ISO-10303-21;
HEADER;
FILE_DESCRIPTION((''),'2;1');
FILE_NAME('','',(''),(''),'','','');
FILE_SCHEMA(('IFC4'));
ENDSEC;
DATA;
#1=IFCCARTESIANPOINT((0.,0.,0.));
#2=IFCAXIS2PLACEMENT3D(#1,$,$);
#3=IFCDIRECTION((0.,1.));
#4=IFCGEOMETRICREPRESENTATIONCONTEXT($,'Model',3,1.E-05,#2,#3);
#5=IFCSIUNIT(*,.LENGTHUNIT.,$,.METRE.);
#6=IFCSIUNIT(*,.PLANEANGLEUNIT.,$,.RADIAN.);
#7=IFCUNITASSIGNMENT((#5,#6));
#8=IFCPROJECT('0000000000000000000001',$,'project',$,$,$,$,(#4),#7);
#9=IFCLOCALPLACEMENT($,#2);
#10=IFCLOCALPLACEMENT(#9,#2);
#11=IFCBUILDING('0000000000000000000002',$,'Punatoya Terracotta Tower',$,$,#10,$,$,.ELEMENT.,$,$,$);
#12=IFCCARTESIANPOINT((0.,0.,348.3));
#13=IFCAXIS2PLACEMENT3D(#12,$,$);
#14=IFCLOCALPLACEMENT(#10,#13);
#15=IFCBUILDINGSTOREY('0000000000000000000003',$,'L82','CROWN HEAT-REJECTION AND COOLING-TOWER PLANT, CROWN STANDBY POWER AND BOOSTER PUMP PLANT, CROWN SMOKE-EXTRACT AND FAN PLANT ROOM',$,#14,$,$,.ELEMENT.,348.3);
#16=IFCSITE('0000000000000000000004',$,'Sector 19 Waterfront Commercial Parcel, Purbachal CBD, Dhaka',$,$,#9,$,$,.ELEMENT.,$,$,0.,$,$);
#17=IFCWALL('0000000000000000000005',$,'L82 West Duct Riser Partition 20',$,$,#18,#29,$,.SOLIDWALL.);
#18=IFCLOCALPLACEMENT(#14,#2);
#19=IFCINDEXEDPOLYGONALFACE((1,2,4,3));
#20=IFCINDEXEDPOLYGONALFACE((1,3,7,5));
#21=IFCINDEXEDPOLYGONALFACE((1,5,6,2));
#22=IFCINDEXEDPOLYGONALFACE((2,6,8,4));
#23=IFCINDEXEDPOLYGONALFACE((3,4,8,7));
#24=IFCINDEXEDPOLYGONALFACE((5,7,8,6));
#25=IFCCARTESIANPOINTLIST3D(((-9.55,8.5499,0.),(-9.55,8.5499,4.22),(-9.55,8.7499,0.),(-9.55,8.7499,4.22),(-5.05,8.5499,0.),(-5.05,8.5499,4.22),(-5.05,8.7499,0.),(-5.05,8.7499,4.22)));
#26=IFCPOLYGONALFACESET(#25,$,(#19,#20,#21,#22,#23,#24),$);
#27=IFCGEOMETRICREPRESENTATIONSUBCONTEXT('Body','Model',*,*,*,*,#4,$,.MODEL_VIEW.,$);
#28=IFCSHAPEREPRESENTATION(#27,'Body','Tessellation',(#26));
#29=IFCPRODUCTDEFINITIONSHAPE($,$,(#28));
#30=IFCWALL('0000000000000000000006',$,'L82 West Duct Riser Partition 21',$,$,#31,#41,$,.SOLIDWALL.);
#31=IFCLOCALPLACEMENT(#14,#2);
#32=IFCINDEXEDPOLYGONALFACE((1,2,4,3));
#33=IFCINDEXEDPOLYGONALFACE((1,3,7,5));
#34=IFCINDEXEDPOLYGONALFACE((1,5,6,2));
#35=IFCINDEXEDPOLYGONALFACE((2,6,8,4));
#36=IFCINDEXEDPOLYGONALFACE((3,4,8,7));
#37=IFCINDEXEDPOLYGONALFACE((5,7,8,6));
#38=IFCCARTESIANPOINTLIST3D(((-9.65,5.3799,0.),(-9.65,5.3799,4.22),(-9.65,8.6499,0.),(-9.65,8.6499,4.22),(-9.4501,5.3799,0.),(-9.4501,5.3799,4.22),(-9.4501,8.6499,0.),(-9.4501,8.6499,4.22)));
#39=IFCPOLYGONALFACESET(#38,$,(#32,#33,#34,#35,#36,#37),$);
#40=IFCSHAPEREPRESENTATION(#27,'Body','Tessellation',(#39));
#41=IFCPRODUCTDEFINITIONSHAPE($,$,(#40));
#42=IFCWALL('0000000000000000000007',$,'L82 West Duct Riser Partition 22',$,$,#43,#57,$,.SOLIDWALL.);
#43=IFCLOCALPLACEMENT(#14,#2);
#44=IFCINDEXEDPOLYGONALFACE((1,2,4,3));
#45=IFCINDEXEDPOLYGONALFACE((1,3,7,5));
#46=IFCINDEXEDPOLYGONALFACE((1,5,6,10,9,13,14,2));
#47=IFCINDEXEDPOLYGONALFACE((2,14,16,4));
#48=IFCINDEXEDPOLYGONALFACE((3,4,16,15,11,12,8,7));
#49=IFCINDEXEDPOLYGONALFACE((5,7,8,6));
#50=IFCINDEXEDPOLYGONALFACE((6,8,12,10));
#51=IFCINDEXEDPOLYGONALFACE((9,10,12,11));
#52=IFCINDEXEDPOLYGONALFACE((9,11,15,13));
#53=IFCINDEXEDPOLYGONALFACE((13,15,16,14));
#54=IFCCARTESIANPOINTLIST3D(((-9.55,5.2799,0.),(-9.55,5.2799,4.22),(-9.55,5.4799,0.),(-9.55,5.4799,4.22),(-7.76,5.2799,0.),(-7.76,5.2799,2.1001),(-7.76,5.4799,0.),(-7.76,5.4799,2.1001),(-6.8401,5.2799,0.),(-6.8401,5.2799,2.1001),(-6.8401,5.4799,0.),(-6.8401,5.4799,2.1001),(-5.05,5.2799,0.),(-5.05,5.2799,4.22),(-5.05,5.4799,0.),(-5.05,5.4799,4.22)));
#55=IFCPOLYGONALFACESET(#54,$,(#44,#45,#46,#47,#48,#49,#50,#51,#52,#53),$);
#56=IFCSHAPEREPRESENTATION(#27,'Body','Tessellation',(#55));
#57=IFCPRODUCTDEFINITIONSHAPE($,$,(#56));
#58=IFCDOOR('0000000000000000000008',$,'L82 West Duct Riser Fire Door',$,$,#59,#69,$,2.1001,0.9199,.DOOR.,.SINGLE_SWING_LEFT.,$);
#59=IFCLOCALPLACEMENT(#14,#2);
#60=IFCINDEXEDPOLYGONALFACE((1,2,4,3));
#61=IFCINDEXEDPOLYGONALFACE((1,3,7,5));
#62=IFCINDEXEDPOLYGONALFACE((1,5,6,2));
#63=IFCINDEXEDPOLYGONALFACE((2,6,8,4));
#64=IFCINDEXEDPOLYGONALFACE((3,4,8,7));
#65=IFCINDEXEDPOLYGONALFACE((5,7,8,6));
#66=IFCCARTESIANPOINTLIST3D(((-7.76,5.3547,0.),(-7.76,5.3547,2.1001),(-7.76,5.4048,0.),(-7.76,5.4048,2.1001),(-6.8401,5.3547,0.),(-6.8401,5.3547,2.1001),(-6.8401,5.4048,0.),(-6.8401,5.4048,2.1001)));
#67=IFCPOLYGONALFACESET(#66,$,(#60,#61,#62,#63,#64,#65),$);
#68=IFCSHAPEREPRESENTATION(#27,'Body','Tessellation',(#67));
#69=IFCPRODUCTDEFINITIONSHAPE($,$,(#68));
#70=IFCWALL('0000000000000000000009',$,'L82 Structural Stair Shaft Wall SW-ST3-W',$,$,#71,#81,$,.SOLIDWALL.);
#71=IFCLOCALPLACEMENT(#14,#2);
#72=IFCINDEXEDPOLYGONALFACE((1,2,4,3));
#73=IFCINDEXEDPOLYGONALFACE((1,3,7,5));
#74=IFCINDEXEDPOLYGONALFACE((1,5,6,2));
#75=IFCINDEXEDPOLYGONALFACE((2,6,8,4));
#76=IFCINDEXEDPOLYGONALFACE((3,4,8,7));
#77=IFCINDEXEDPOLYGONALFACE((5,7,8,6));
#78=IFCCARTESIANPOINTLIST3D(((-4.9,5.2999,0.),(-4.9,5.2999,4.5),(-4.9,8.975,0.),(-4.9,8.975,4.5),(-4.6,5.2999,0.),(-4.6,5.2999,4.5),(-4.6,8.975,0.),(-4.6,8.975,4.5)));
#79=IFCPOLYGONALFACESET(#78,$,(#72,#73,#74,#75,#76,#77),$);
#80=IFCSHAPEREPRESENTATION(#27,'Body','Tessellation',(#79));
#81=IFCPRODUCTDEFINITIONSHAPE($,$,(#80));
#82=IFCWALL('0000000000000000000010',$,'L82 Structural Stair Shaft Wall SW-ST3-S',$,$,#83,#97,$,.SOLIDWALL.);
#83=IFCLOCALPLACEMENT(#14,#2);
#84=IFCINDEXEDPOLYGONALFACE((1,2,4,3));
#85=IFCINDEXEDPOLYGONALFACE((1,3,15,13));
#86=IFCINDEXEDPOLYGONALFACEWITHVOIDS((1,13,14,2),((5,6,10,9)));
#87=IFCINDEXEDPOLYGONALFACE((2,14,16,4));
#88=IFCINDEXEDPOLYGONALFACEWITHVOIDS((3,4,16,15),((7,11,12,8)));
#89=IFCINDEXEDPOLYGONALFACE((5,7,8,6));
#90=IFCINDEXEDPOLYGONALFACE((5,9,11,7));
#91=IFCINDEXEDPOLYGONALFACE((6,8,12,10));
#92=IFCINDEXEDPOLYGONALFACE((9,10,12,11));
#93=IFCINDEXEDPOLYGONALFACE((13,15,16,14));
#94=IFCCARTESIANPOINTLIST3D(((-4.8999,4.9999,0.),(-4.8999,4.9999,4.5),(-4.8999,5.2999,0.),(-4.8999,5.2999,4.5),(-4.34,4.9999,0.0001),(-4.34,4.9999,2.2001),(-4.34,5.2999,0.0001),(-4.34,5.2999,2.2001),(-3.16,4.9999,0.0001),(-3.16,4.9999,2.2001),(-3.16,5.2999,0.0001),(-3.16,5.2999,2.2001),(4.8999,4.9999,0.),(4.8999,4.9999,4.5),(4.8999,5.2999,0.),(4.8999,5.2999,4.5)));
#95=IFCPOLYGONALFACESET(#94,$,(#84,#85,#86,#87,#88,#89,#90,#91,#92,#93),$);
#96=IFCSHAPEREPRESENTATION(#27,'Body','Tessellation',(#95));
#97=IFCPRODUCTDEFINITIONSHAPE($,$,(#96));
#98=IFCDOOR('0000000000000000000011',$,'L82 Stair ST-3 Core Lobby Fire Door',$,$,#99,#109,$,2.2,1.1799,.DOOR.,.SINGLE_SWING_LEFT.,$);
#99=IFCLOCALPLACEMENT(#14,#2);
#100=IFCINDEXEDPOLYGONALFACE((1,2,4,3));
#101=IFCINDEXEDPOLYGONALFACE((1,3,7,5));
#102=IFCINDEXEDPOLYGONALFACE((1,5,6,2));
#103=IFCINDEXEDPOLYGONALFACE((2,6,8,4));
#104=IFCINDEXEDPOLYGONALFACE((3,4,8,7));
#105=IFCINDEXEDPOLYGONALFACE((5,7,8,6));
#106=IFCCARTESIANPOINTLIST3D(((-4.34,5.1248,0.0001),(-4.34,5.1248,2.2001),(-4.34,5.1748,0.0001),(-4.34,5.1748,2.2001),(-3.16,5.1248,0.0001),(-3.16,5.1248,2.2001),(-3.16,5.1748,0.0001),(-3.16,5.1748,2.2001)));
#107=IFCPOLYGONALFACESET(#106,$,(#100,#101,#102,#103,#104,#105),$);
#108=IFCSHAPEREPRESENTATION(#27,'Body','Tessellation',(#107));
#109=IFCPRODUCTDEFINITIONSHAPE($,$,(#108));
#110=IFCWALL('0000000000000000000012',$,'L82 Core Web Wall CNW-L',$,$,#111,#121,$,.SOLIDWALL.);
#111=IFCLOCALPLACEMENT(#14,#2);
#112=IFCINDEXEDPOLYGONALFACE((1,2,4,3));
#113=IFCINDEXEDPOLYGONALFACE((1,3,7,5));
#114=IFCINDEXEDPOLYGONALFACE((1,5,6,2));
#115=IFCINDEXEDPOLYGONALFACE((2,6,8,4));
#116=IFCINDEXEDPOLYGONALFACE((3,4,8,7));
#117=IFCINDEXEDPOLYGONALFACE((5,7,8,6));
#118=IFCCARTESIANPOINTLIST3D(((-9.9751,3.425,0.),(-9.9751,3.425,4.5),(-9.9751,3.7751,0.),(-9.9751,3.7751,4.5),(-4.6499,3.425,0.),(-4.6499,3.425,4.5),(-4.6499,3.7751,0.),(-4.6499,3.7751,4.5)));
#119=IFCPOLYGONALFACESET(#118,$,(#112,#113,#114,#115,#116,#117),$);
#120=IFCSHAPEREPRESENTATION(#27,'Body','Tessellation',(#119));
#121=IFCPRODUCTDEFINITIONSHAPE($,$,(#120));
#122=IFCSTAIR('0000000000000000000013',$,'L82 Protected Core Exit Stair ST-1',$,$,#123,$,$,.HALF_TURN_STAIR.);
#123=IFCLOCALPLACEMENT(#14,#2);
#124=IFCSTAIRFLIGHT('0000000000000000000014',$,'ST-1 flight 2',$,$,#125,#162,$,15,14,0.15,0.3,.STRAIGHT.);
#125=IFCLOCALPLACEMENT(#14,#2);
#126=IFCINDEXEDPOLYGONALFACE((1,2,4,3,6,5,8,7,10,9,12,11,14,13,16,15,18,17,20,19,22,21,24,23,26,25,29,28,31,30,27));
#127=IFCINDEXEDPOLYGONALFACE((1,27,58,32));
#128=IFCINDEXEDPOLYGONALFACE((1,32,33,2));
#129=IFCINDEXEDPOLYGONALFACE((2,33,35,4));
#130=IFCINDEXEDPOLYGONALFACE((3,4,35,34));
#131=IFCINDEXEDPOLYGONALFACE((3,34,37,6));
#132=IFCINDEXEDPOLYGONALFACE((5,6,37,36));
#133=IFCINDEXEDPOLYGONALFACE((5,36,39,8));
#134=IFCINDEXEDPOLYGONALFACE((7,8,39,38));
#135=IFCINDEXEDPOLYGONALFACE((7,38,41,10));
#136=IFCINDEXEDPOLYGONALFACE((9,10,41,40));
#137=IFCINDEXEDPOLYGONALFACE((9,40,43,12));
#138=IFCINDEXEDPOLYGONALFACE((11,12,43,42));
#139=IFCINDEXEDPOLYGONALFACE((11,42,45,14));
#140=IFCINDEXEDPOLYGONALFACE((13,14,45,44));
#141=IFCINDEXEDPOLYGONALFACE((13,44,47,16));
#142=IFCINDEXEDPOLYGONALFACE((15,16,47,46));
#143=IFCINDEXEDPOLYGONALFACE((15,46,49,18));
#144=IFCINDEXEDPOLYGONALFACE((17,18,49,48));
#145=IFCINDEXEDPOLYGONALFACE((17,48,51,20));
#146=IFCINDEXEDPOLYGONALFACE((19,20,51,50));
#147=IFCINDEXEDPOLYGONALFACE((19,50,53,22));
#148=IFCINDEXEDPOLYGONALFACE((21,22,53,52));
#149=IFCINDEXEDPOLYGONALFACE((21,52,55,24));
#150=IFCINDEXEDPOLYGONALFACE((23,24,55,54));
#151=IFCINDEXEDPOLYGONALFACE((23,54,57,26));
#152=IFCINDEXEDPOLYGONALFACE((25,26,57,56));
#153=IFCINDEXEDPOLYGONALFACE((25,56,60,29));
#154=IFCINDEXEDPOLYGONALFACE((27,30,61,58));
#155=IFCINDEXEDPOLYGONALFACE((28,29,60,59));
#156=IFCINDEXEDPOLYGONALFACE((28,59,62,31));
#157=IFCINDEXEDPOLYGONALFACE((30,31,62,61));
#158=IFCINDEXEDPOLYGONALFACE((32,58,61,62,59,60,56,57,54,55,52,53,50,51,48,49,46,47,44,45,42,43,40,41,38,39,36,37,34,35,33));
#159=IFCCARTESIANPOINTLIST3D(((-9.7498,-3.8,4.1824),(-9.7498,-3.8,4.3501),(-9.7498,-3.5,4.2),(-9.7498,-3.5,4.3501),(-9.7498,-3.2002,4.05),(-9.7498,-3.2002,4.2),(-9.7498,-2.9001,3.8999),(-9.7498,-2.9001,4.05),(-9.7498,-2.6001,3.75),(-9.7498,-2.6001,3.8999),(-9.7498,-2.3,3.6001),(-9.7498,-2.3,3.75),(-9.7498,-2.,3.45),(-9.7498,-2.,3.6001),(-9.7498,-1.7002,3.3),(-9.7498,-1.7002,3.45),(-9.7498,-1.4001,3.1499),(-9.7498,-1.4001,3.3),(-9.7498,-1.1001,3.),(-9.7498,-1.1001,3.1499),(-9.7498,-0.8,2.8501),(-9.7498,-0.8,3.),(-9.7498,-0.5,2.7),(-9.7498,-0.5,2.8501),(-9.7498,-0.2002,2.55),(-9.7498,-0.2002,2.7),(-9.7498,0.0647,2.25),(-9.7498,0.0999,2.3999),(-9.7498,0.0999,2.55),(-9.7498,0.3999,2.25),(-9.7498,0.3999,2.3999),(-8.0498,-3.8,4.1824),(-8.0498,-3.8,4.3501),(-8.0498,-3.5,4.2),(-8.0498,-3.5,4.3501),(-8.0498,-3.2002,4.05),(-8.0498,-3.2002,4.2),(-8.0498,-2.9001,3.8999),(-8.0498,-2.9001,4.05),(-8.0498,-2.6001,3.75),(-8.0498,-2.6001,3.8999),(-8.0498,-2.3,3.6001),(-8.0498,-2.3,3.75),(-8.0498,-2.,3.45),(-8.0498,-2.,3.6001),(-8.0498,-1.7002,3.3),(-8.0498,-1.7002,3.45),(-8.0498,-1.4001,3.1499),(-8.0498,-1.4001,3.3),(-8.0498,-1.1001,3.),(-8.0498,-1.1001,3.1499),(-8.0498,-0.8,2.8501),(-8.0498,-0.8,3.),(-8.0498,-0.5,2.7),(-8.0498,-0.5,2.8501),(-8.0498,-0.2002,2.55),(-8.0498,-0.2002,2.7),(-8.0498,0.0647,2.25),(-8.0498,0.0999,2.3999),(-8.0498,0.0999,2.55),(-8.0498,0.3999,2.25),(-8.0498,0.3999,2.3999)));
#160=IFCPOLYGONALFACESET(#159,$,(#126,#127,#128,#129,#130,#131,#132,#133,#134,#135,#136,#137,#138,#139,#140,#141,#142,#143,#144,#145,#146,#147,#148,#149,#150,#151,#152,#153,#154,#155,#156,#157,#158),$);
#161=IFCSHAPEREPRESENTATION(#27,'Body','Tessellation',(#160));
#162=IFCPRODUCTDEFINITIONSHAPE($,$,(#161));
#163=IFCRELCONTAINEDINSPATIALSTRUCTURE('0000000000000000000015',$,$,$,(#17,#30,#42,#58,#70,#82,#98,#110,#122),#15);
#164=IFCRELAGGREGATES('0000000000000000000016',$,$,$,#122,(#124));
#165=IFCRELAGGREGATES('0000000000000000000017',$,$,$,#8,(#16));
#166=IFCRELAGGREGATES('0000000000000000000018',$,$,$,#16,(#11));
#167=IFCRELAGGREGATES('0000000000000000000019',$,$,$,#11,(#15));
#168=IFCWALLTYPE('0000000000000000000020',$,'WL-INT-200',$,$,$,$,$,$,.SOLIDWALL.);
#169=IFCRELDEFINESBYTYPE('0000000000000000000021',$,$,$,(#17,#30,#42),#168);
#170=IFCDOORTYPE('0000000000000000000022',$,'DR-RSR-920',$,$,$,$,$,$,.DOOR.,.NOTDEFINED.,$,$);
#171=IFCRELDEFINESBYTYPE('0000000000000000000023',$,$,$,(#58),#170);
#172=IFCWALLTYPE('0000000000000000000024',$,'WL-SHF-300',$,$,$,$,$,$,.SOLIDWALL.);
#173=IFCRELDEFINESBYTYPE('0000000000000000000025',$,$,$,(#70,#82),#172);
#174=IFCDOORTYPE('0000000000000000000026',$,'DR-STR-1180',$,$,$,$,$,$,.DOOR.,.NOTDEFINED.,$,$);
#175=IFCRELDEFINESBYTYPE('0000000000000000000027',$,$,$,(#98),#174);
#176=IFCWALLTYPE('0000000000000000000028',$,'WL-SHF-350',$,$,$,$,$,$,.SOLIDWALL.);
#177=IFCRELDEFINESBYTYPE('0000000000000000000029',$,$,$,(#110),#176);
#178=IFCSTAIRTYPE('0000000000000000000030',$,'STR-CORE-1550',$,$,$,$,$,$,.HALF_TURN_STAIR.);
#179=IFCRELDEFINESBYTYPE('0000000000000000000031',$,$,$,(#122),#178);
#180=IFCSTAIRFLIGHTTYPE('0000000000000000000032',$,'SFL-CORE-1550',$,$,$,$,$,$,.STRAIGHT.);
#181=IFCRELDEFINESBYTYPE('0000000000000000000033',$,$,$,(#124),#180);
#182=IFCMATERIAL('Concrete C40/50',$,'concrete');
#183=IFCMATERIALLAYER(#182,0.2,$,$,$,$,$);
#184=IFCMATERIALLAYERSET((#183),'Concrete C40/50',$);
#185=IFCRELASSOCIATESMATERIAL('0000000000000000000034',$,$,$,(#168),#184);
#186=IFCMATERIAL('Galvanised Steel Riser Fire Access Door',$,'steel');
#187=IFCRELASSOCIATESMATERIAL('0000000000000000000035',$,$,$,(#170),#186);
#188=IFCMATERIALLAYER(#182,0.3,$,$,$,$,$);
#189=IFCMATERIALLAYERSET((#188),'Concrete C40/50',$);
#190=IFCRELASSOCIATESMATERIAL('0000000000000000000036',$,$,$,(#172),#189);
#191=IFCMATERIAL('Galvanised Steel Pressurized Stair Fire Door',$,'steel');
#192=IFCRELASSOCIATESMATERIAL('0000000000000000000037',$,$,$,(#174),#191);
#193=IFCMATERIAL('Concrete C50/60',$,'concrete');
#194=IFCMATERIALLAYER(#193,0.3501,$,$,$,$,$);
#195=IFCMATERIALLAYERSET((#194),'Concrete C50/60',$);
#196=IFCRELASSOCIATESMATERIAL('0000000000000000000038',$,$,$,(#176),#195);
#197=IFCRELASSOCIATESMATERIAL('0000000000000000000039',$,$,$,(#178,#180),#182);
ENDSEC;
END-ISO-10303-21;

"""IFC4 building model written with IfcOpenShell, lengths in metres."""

from ifc_helpers import new_model, si_unit, direction, frame, frame_2d, origin, place, context, subcontext, project, spatial, polyline, rectangle, outline, extrude, material, layer, layer_set, type_object, element, fill, aggregate, save


model = new_model("IFC4")

# Units and contexts
model_context = context("Model", 3, precision=1e-05, world=origin(), true_north=direction((0.0, 1.0)))
body_context = subcontext(model_context, "Body", "Model", "MODEL_VIEW")
ifc_project = project(units=[si_unit("LENGTHUNIT", "METRE"), si_unit("PLANEANGLEUNIT", "RADIAN")], contexts=[model_context])

# Site, building, storey
site_placement = place(None, origin())
site = spatial("IfcSite", under=ifc_project, at=site_placement, Name="Sector 19 Waterfront Commercial Parcel, Purbachal CBD, Dhaka", CompositionType="ELEMENT", RefElevation=0.0)
building_placement = place(site_placement, origin())
building = spatial("IfcBuilding", under=site, at=building_placement, Name="Punatoya Terracotta Tower", CompositionType="ELEMENT")
storey_placement = place(building_placement, frame((0.0, 0.0, 348.3)))
storey = spatial("IfcBuildingStorey", under=building, at=storey_placement, Name="L82", Description="CROWN HEAT-REJECTION AND COOLING-TOWER PLANT, CROWN STANDBY POWER AND BOOSTER PUMP PLANT, CROWN SMOKE-EXTRACT AND FAN PLANT ROOM", CompositionType="ELEMENT", Elevation=348.3)

# Shared definitions
ifc_material_1 = material(Name="Concrete C50/60", Category="concrete")

# Walls
ifc_material_2 = material(Name="Concrete C40/50", Category="concrete")
ifc_layer_1 = layer(ifc_material_2, 0.2)
ifc_layer_set_1 = layer_set([ifc_layer_1], Name="Concrete C40/50")
wall_type_1 = type_object("IfcWallType", Name="WL-INT-200", PredefinedType="SOLIDWALL", material=ifc_layer_set_1)
wall_1_placement = place(storey_placement, frame((-5.05, 8.6499, 0.0), z_axis=(0.0, 0.0, 1.0), x_axis=(-1.0, 0.0, 0.0)))
element("IfcWall", 1, at=wall_1_placement, inside=storey, type_object=wall_type_1, Name="L82 West Duct Riser Partition 20", PredefinedType="SOLIDWALL", context=body_context, shape_type="SweptSolid", body=[
    extrude(rectangle(XDim=4.5, YDim=0.2, at=frame_2d((2.25, 0.0))), origin(), (0.0, 0.0, 1.0), 4.22),
])
wall_2_placement = place(storey_placement, frame((-9.55, 8.6499, 0.0), z_axis=(0.0, 0.0, 1.0), x_axis=(0.0, -1.0, 0.0)))
element("IfcWall", 2, at=wall_2_placement, inside=storey, type_object=wall_type_1, Name="L82 West Duct Riser Partition 21", PredefinedType="SOLIDWALL", context=body_context, shape_type="SweptSolid", body=[
    extrude(rectangle(XDim=3.27, YDim=0.2, at=frame_2d((1.635, 0.0))), origin(), (0.0, 0.0, 1.0), 4.22),
])

# Wall, opening, door
wall_3_placement = place(storey_placement, frame((-9.55, 5.3799, 0.0), z_axis=(0.0, 0.0, 1.0), x_axis=(1.0, 0.0, 0.0)))
wall_3 = element("IfcWall", 3, at=wall_3_placement, inside=storey, type_object=wall_type_1, Name="L82 West Duct Riser Partition 22", PredefinedType="SOLIDWALL", context=body_context, shape_type="SweptSolid", body=[
    extrude(rectangle(XDim=4.5, YDim=0.2, at=frame_2d((2.25, 0.0))), origin(), (0.0, 0.0, 1.0), 4.22),
])
opening_1_placement = place(wall_3_placement, frame((1.79, 0.0, 0.0)))
opening_1 = element("IfcOpeningElement", 4, at=opening_1_placement, cuts=wall_3, PredefinedType="OPENING", context=body_context, shape_type="SweptSolid", body=[
    extrude(rectangle(XDim=0.9199, YDim=2.1001, at=frame_2d((0.46, 1.05))), frame((0.0, 0.1099, 0.0), z_axis=(0.0, -1.0, 0.0), x_axis=(1.0, 0.0, 0.0)), (0.0, 0.0, 1.0), 0.22),
])
ifc_material_3 = material(Name="Galvanised Steel Riser Fire Access Door", Category="steel")
door_type_1 = type_object("IfcDoorType", Name="DR-RSR-920", OperationType="NOTDEFINED", PredefinedType="DOOR", material=ifc_material_3)
door_1_placement = place(opening_1_placement, origin())
door_1 = element("IfcDoor", 5, at=door_1_placement, inside=storey, type_object=door_type_1, Name="L82 West Duct Riser Fire Door", OperationType="SINGLE_SWING_LEFT", OverallHeight=2.1001, OverallWidth=0.9199, PredefinedType="DOOR", context=body_context, shape_type="SweptSolid", body=[
    extrude(rectangle(XDim=0.9199, YDim=2.1001, at=frame_2d((0.46, 1.05))), frame((0.0, 0.0249, 0.0), z_axis=(0.0, -1.0, 0.0), x_axis=(1.0, 0.0, 0.0)), (0.0, 0.0, 1.0), 0.05),
])
fill(opening_1, door_1)

# Wall
ifc_layer_2 = layer(ifc_material_2, 0.3)
ifc_layer_set_2 = layer_set([ifc_layer_2], Name="Concrete C40/50")
wall_type_2 = type_object("IfcWallType", Name="WL-SHF-300", PredefinedType="SOLIDWALL", material=ifc_layer_set_2)
wall_4_placement = place(storey_placement, frame((-4.75, 5.3, 0.0), z_axis=(0.0, 0.0, 1.0), x_axis=(0.0, 1.0, 0.0)))
element("IfcWall", 6, at=wall_4_placement, inside=storey, type_object=wall_type_2, Name="L82 Structural Stair Shaft Wall SW-ST3-W", PredefinedType="SOLIDWALL", context=body_context, shape_type="SweptSolid", body=[
    extrude(rectangle(XDim=3.675, YDim=0.3, at=frame_2d((1.8374, 0.0))), origin(), (0.0, 0.0, 1.0), 4.5),
])

# Wall, opening, door
wall_5_placement = place(storey_placement, frame((-4.8999, 5.1499, 0.0), z_axis=(0.0, 0.0, 1.0), x_axis=(1.0, 0.0, 0.0)))
wall_5 = element("IfcWall", 7, at=wall_5_placement, inside=storey, type_object=wall_type_2, Name="L82 Structural Stair Shaft Wall SW-ST3-S", PredefinedType="SOLIDWALL", context=body_context, shape_type="SweptSolid", body=[
    extrude(rectangle(XDim=9.7998, YDim=0.3, at=frame_2d((4.8999, 0.0))), origin(), (0.0, 0.0, 1.0), 4.5),
])
opening_2_placement = place(wall_5_placement, frame((0.5601, 0.0, 0.0)))
opening_2 = element("IfcOpeningElement", 8, at=opening_2_placement, cuts=wall_5, PredefinedType="OPENING", context=body_context, shape_type="SweptSolid", body=[
    extrude(rectangle(XDim=1.1799, YDim=2.2, at=frame_2d((0.5898, 1.1001))), frame((0.0, 0.1599, 0.0), z_axis=(0.0, -1.0, 0.0), x_axis=(1.0, 0.0, 0.0)), (0.0, 0.0, 1.0), 0.3201),
])
ifc_material_4 = material(Name="Galvanised Steel Pressurized Stair Fire Door", Category="steel")
door_type_2 = type_object("IfcDoorType", Name="DR-STR-1180", OperationType="NOTDEFINED", PredefinedType="DOOR", material=ifc_material_4)
door_2_placement = place(opening_2_placement, origin())
door_2 = element("IfcDoor", 9, at=door_2_placement, inside=storey, type_object=door_type_2, Name="L82 Stair ST-3 Core Lobby Fire Door", OperationType="SINGLE_SWING_LEFT", OverallHeight=2.2, OverallWidth=1.1799, PredefinedType="DOOR", context=body_context, shape_type="SweptSolid", body=[
    extrude(rectangle(XDim=1.1799, YDim=2.2, at=frame_2d((0.5898, 1.1001))), frame((0.0, 0.0249, 0.0), z_axis=(0.0, -1.0, 0.0), x_axis=(1.0, 0.0, 0.0)), (0.0, 0.0, 1.0), 0.05),
])
fill(opening_2, door_2)

# Wall
ifc_layer_3 = layer(ifc_material_1, 0.3501)
ifc_layer_set_3 = layer_set([ifc_layer_3], Name="Concrete C50/60")
wall_type_3 = type_object("IfcWallType", Name="WL-SHF-350", PredefinedType="SOLIDWALL", material=ifc_layer_set_3)
wall_6_placement = place(storey_placement, frame((-9.9751, 3.6001, 0.0), z_axis=(0.0, 0.0, 1.0), x_axis=(1.0, 0.0, 0.0)))
element("IfcWall", 10, at=wall_6_placement, inside=storey, type_object=wall_type_3, Name="L82 Core Web Wall CNW-L", PredefinedType="SOLIDWALL", context=body_context, shape_type="SweptSolid", body=[
    extrude(rectangle(XDim=5.3252, YDim=0.3501, at=frame_2d((2.6626, 0.0))), origin(), (0.0, 0.0, 1.0), 4.5),
])

# Stair, stair flight
stair_type_1 = type_object("IfcStairType", Name="STR-CORE-1550", PredefinedType="HALF_TURN_STAIR", material=ifc_material_2)
stair_1_placement = place(storey_placement, origin())
stair_1 = element("IfcStair", 11, at=stair_1_placement, inside=storey, type_object=stair_type_1, Name="L82 Protected Core Exit Stair ST-1", PredefinedType="HALF_TURN_STAIR")
stair_flight_type_1 = type_object("IfcStairFlightType", Name="SFL-CORE-1550", PredefinedType="STRAIGHT", material=ifc_material_2)
stair_flight_1_placement = place(storey_placement, frame((-8.8999, 0.3999, 2.25), z_axis=(0.0, 0.0, 1.0), x_axis=(0.0, -1.0, 0.0)))
stair_flight_1 = element("IfcStairFlight", 12, at=stair_flight_1_placement, type_object=stair_flight_type_1, Name="ST-1 flight 2", NumberOfRisers=15, NumberOfTreads=14, PredefinedType="STRAIGHT", RiserHeight=0.15, TreadLength=0.3, context=body_context, shape_type="SweptSolid", body=[
    extrude(outline(polyline([(0.0, 0.0), (0.0, 0.1499), (0.3, 0.1499), (0.3, 0.3), (0.6001, 0.3), (0.6001, 0.45), (0.8999, 0.45), (0.8999, 0.6001), (1.2, 0.6001), (1.2, 0.75), (1.5, 0.75), (1.5, 0.8999), (1.8, 0.8999), (1.8, 1.05), (2.1001, 1.05), (2.1001, 1.2), (2.3999, 1.2), (2.3999, 1.3501), (2.7, 1.3501), (2.7, 1.5), (3.0, 1.5), (3.0, 1.6499), (3.3, 1.6499), (3.3, 1.8), (3.6001, 1.8), (3.6001, 1.95), (3.8999, 1.95), (3.8999, 2.1001), (4.2, 2.1001), (4.2, 2.25), (4.2, 1.9324), (0.3352, 0.0), (0.0, 0.0)])), frame((0.0, 0.8501, 0.0), z_axis=(0.0, -1.0, 0.0), x_axis=(1.0, 0.0, 0.0)), (0.0, 0.0, 1.0), 1.7),
])
aggregate(stair_1, [stair_flight_1])

save(model, "model.ifc")
